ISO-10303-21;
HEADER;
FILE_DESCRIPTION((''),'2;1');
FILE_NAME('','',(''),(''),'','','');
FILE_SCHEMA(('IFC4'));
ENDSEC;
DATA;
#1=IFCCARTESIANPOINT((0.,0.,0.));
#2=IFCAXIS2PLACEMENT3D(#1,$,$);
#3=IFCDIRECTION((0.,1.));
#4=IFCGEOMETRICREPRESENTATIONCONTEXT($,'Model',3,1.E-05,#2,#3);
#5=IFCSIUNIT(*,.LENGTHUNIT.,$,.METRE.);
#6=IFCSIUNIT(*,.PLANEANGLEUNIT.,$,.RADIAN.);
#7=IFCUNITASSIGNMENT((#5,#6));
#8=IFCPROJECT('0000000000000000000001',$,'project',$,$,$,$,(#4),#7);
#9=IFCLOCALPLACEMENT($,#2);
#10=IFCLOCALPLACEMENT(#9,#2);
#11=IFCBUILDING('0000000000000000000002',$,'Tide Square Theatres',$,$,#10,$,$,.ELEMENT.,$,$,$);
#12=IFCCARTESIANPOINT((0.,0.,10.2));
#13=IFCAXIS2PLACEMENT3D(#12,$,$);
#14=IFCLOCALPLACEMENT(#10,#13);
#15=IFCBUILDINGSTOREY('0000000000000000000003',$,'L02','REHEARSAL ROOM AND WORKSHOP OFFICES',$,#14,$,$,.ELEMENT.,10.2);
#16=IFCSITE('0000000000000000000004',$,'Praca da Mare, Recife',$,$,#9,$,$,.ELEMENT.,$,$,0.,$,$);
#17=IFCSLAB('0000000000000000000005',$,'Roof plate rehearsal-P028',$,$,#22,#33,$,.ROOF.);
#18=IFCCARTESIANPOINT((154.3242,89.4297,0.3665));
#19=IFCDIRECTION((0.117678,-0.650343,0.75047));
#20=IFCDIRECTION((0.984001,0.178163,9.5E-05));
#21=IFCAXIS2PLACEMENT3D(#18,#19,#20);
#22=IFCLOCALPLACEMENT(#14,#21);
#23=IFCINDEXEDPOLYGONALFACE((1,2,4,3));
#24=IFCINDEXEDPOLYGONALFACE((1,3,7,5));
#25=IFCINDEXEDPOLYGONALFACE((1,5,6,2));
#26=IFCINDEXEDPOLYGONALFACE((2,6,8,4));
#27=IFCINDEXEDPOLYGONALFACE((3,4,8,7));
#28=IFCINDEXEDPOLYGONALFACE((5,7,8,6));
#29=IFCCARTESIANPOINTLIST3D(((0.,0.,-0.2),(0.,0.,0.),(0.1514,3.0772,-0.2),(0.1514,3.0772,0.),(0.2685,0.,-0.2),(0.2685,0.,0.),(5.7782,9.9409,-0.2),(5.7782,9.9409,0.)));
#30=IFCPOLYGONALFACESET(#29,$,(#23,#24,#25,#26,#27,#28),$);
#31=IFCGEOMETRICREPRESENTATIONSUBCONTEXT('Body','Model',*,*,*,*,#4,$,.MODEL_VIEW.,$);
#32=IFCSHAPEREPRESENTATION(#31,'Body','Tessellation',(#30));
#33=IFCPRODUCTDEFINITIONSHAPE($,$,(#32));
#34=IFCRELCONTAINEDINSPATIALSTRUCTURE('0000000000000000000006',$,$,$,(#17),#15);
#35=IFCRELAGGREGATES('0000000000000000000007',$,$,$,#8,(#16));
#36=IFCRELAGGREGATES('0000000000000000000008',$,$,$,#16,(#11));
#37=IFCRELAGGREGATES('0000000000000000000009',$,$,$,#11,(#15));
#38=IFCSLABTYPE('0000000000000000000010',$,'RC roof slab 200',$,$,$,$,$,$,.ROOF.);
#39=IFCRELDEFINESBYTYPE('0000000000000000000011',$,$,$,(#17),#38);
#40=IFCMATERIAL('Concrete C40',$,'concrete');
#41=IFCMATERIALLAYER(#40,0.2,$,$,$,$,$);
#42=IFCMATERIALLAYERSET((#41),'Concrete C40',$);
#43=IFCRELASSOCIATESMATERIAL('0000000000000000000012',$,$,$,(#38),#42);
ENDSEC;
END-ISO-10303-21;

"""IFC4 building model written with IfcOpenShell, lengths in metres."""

from ifc_helpers import new_model, si_unit, direction, frame, origin, place, context, subcontext, project, spatial, polyline, outline, extrude, material, layer, layer_set, type_object, element, save


model = new_model("IFC4")

# Units and contexts
model_context = context("Model", 3, precision=1e-05, world=origin(), true_north=direction((0.0, 1.0)))
body_context = subcontext(model_context, "Body", "Model", "MODEL_VIEW")
ifc_project = project(units=[si_unit("LENGTHUNIT", "METRE"), si_unit("PLANEANGLEUNIT", "RADIAN")], contexts=[model_context])

# Site, building, storey
site_placement = place(None, origin())
site = spatial("IfcSite", under=ifc_project, at=site_placement, Name="Praca da Mare, Recife", CompositionType="ELEMENT", RefElevation=0.0)
building_placement = place(site_placement, origin())
building = spatial("IfcBuilding", under=site, at=building_placement, Name="Tide Square Theatres", CompositionType="ELEMENT")
storey_placement = place(building_placement, frame((0.0, 0.0, 10.2)))
storey = spatial("IfcBuildingStorey", under=building, at=storey_placement, Name="L02", Description="REHEARSAL ROOM AND WORKSHOP OFFICES", CompositionType="ELEMENT", Elevation=10.2)

# Slab
ifc_material_1 = material(Name="Concrete C40", Category="concrete")
ifc_layer_1 = layer(ifc_material_1, 0.2)
ifc_layer_set_1 = layer_set([ifc_layer_1], Name="Concrete C40")
slab_type = type_object("IfcSlabType", Name="RC roof slab 200", PredefinedType="ROOF", material=ifc_layer_set_1)
slab_1_placement = place(storey_placement, frame((154.3242, 89.4297, 0.3665), z_axis=(0.117678, -0.650343, 0.75047), x_axis=(0.984001, 0.178163, 0.000095)))
element("IfcSlab", 1, at=slab_1_placement, inside=storey, type_object=slab_type, Name="Roof plate rehearsal-P028", PredefinedType="ROOF", context=body_context, shape_type="SweptSolid", body=[
    extrude(outline(polyline([(0.0, 0.0), (0.2685, 0.0), (5.7782, 9.9409), (0.1514, 3.0772), (0.0, 0.0)])), origin(), (0.0, 0.0, -1.0), 0.2),
])

save(model, "model.ifc")
